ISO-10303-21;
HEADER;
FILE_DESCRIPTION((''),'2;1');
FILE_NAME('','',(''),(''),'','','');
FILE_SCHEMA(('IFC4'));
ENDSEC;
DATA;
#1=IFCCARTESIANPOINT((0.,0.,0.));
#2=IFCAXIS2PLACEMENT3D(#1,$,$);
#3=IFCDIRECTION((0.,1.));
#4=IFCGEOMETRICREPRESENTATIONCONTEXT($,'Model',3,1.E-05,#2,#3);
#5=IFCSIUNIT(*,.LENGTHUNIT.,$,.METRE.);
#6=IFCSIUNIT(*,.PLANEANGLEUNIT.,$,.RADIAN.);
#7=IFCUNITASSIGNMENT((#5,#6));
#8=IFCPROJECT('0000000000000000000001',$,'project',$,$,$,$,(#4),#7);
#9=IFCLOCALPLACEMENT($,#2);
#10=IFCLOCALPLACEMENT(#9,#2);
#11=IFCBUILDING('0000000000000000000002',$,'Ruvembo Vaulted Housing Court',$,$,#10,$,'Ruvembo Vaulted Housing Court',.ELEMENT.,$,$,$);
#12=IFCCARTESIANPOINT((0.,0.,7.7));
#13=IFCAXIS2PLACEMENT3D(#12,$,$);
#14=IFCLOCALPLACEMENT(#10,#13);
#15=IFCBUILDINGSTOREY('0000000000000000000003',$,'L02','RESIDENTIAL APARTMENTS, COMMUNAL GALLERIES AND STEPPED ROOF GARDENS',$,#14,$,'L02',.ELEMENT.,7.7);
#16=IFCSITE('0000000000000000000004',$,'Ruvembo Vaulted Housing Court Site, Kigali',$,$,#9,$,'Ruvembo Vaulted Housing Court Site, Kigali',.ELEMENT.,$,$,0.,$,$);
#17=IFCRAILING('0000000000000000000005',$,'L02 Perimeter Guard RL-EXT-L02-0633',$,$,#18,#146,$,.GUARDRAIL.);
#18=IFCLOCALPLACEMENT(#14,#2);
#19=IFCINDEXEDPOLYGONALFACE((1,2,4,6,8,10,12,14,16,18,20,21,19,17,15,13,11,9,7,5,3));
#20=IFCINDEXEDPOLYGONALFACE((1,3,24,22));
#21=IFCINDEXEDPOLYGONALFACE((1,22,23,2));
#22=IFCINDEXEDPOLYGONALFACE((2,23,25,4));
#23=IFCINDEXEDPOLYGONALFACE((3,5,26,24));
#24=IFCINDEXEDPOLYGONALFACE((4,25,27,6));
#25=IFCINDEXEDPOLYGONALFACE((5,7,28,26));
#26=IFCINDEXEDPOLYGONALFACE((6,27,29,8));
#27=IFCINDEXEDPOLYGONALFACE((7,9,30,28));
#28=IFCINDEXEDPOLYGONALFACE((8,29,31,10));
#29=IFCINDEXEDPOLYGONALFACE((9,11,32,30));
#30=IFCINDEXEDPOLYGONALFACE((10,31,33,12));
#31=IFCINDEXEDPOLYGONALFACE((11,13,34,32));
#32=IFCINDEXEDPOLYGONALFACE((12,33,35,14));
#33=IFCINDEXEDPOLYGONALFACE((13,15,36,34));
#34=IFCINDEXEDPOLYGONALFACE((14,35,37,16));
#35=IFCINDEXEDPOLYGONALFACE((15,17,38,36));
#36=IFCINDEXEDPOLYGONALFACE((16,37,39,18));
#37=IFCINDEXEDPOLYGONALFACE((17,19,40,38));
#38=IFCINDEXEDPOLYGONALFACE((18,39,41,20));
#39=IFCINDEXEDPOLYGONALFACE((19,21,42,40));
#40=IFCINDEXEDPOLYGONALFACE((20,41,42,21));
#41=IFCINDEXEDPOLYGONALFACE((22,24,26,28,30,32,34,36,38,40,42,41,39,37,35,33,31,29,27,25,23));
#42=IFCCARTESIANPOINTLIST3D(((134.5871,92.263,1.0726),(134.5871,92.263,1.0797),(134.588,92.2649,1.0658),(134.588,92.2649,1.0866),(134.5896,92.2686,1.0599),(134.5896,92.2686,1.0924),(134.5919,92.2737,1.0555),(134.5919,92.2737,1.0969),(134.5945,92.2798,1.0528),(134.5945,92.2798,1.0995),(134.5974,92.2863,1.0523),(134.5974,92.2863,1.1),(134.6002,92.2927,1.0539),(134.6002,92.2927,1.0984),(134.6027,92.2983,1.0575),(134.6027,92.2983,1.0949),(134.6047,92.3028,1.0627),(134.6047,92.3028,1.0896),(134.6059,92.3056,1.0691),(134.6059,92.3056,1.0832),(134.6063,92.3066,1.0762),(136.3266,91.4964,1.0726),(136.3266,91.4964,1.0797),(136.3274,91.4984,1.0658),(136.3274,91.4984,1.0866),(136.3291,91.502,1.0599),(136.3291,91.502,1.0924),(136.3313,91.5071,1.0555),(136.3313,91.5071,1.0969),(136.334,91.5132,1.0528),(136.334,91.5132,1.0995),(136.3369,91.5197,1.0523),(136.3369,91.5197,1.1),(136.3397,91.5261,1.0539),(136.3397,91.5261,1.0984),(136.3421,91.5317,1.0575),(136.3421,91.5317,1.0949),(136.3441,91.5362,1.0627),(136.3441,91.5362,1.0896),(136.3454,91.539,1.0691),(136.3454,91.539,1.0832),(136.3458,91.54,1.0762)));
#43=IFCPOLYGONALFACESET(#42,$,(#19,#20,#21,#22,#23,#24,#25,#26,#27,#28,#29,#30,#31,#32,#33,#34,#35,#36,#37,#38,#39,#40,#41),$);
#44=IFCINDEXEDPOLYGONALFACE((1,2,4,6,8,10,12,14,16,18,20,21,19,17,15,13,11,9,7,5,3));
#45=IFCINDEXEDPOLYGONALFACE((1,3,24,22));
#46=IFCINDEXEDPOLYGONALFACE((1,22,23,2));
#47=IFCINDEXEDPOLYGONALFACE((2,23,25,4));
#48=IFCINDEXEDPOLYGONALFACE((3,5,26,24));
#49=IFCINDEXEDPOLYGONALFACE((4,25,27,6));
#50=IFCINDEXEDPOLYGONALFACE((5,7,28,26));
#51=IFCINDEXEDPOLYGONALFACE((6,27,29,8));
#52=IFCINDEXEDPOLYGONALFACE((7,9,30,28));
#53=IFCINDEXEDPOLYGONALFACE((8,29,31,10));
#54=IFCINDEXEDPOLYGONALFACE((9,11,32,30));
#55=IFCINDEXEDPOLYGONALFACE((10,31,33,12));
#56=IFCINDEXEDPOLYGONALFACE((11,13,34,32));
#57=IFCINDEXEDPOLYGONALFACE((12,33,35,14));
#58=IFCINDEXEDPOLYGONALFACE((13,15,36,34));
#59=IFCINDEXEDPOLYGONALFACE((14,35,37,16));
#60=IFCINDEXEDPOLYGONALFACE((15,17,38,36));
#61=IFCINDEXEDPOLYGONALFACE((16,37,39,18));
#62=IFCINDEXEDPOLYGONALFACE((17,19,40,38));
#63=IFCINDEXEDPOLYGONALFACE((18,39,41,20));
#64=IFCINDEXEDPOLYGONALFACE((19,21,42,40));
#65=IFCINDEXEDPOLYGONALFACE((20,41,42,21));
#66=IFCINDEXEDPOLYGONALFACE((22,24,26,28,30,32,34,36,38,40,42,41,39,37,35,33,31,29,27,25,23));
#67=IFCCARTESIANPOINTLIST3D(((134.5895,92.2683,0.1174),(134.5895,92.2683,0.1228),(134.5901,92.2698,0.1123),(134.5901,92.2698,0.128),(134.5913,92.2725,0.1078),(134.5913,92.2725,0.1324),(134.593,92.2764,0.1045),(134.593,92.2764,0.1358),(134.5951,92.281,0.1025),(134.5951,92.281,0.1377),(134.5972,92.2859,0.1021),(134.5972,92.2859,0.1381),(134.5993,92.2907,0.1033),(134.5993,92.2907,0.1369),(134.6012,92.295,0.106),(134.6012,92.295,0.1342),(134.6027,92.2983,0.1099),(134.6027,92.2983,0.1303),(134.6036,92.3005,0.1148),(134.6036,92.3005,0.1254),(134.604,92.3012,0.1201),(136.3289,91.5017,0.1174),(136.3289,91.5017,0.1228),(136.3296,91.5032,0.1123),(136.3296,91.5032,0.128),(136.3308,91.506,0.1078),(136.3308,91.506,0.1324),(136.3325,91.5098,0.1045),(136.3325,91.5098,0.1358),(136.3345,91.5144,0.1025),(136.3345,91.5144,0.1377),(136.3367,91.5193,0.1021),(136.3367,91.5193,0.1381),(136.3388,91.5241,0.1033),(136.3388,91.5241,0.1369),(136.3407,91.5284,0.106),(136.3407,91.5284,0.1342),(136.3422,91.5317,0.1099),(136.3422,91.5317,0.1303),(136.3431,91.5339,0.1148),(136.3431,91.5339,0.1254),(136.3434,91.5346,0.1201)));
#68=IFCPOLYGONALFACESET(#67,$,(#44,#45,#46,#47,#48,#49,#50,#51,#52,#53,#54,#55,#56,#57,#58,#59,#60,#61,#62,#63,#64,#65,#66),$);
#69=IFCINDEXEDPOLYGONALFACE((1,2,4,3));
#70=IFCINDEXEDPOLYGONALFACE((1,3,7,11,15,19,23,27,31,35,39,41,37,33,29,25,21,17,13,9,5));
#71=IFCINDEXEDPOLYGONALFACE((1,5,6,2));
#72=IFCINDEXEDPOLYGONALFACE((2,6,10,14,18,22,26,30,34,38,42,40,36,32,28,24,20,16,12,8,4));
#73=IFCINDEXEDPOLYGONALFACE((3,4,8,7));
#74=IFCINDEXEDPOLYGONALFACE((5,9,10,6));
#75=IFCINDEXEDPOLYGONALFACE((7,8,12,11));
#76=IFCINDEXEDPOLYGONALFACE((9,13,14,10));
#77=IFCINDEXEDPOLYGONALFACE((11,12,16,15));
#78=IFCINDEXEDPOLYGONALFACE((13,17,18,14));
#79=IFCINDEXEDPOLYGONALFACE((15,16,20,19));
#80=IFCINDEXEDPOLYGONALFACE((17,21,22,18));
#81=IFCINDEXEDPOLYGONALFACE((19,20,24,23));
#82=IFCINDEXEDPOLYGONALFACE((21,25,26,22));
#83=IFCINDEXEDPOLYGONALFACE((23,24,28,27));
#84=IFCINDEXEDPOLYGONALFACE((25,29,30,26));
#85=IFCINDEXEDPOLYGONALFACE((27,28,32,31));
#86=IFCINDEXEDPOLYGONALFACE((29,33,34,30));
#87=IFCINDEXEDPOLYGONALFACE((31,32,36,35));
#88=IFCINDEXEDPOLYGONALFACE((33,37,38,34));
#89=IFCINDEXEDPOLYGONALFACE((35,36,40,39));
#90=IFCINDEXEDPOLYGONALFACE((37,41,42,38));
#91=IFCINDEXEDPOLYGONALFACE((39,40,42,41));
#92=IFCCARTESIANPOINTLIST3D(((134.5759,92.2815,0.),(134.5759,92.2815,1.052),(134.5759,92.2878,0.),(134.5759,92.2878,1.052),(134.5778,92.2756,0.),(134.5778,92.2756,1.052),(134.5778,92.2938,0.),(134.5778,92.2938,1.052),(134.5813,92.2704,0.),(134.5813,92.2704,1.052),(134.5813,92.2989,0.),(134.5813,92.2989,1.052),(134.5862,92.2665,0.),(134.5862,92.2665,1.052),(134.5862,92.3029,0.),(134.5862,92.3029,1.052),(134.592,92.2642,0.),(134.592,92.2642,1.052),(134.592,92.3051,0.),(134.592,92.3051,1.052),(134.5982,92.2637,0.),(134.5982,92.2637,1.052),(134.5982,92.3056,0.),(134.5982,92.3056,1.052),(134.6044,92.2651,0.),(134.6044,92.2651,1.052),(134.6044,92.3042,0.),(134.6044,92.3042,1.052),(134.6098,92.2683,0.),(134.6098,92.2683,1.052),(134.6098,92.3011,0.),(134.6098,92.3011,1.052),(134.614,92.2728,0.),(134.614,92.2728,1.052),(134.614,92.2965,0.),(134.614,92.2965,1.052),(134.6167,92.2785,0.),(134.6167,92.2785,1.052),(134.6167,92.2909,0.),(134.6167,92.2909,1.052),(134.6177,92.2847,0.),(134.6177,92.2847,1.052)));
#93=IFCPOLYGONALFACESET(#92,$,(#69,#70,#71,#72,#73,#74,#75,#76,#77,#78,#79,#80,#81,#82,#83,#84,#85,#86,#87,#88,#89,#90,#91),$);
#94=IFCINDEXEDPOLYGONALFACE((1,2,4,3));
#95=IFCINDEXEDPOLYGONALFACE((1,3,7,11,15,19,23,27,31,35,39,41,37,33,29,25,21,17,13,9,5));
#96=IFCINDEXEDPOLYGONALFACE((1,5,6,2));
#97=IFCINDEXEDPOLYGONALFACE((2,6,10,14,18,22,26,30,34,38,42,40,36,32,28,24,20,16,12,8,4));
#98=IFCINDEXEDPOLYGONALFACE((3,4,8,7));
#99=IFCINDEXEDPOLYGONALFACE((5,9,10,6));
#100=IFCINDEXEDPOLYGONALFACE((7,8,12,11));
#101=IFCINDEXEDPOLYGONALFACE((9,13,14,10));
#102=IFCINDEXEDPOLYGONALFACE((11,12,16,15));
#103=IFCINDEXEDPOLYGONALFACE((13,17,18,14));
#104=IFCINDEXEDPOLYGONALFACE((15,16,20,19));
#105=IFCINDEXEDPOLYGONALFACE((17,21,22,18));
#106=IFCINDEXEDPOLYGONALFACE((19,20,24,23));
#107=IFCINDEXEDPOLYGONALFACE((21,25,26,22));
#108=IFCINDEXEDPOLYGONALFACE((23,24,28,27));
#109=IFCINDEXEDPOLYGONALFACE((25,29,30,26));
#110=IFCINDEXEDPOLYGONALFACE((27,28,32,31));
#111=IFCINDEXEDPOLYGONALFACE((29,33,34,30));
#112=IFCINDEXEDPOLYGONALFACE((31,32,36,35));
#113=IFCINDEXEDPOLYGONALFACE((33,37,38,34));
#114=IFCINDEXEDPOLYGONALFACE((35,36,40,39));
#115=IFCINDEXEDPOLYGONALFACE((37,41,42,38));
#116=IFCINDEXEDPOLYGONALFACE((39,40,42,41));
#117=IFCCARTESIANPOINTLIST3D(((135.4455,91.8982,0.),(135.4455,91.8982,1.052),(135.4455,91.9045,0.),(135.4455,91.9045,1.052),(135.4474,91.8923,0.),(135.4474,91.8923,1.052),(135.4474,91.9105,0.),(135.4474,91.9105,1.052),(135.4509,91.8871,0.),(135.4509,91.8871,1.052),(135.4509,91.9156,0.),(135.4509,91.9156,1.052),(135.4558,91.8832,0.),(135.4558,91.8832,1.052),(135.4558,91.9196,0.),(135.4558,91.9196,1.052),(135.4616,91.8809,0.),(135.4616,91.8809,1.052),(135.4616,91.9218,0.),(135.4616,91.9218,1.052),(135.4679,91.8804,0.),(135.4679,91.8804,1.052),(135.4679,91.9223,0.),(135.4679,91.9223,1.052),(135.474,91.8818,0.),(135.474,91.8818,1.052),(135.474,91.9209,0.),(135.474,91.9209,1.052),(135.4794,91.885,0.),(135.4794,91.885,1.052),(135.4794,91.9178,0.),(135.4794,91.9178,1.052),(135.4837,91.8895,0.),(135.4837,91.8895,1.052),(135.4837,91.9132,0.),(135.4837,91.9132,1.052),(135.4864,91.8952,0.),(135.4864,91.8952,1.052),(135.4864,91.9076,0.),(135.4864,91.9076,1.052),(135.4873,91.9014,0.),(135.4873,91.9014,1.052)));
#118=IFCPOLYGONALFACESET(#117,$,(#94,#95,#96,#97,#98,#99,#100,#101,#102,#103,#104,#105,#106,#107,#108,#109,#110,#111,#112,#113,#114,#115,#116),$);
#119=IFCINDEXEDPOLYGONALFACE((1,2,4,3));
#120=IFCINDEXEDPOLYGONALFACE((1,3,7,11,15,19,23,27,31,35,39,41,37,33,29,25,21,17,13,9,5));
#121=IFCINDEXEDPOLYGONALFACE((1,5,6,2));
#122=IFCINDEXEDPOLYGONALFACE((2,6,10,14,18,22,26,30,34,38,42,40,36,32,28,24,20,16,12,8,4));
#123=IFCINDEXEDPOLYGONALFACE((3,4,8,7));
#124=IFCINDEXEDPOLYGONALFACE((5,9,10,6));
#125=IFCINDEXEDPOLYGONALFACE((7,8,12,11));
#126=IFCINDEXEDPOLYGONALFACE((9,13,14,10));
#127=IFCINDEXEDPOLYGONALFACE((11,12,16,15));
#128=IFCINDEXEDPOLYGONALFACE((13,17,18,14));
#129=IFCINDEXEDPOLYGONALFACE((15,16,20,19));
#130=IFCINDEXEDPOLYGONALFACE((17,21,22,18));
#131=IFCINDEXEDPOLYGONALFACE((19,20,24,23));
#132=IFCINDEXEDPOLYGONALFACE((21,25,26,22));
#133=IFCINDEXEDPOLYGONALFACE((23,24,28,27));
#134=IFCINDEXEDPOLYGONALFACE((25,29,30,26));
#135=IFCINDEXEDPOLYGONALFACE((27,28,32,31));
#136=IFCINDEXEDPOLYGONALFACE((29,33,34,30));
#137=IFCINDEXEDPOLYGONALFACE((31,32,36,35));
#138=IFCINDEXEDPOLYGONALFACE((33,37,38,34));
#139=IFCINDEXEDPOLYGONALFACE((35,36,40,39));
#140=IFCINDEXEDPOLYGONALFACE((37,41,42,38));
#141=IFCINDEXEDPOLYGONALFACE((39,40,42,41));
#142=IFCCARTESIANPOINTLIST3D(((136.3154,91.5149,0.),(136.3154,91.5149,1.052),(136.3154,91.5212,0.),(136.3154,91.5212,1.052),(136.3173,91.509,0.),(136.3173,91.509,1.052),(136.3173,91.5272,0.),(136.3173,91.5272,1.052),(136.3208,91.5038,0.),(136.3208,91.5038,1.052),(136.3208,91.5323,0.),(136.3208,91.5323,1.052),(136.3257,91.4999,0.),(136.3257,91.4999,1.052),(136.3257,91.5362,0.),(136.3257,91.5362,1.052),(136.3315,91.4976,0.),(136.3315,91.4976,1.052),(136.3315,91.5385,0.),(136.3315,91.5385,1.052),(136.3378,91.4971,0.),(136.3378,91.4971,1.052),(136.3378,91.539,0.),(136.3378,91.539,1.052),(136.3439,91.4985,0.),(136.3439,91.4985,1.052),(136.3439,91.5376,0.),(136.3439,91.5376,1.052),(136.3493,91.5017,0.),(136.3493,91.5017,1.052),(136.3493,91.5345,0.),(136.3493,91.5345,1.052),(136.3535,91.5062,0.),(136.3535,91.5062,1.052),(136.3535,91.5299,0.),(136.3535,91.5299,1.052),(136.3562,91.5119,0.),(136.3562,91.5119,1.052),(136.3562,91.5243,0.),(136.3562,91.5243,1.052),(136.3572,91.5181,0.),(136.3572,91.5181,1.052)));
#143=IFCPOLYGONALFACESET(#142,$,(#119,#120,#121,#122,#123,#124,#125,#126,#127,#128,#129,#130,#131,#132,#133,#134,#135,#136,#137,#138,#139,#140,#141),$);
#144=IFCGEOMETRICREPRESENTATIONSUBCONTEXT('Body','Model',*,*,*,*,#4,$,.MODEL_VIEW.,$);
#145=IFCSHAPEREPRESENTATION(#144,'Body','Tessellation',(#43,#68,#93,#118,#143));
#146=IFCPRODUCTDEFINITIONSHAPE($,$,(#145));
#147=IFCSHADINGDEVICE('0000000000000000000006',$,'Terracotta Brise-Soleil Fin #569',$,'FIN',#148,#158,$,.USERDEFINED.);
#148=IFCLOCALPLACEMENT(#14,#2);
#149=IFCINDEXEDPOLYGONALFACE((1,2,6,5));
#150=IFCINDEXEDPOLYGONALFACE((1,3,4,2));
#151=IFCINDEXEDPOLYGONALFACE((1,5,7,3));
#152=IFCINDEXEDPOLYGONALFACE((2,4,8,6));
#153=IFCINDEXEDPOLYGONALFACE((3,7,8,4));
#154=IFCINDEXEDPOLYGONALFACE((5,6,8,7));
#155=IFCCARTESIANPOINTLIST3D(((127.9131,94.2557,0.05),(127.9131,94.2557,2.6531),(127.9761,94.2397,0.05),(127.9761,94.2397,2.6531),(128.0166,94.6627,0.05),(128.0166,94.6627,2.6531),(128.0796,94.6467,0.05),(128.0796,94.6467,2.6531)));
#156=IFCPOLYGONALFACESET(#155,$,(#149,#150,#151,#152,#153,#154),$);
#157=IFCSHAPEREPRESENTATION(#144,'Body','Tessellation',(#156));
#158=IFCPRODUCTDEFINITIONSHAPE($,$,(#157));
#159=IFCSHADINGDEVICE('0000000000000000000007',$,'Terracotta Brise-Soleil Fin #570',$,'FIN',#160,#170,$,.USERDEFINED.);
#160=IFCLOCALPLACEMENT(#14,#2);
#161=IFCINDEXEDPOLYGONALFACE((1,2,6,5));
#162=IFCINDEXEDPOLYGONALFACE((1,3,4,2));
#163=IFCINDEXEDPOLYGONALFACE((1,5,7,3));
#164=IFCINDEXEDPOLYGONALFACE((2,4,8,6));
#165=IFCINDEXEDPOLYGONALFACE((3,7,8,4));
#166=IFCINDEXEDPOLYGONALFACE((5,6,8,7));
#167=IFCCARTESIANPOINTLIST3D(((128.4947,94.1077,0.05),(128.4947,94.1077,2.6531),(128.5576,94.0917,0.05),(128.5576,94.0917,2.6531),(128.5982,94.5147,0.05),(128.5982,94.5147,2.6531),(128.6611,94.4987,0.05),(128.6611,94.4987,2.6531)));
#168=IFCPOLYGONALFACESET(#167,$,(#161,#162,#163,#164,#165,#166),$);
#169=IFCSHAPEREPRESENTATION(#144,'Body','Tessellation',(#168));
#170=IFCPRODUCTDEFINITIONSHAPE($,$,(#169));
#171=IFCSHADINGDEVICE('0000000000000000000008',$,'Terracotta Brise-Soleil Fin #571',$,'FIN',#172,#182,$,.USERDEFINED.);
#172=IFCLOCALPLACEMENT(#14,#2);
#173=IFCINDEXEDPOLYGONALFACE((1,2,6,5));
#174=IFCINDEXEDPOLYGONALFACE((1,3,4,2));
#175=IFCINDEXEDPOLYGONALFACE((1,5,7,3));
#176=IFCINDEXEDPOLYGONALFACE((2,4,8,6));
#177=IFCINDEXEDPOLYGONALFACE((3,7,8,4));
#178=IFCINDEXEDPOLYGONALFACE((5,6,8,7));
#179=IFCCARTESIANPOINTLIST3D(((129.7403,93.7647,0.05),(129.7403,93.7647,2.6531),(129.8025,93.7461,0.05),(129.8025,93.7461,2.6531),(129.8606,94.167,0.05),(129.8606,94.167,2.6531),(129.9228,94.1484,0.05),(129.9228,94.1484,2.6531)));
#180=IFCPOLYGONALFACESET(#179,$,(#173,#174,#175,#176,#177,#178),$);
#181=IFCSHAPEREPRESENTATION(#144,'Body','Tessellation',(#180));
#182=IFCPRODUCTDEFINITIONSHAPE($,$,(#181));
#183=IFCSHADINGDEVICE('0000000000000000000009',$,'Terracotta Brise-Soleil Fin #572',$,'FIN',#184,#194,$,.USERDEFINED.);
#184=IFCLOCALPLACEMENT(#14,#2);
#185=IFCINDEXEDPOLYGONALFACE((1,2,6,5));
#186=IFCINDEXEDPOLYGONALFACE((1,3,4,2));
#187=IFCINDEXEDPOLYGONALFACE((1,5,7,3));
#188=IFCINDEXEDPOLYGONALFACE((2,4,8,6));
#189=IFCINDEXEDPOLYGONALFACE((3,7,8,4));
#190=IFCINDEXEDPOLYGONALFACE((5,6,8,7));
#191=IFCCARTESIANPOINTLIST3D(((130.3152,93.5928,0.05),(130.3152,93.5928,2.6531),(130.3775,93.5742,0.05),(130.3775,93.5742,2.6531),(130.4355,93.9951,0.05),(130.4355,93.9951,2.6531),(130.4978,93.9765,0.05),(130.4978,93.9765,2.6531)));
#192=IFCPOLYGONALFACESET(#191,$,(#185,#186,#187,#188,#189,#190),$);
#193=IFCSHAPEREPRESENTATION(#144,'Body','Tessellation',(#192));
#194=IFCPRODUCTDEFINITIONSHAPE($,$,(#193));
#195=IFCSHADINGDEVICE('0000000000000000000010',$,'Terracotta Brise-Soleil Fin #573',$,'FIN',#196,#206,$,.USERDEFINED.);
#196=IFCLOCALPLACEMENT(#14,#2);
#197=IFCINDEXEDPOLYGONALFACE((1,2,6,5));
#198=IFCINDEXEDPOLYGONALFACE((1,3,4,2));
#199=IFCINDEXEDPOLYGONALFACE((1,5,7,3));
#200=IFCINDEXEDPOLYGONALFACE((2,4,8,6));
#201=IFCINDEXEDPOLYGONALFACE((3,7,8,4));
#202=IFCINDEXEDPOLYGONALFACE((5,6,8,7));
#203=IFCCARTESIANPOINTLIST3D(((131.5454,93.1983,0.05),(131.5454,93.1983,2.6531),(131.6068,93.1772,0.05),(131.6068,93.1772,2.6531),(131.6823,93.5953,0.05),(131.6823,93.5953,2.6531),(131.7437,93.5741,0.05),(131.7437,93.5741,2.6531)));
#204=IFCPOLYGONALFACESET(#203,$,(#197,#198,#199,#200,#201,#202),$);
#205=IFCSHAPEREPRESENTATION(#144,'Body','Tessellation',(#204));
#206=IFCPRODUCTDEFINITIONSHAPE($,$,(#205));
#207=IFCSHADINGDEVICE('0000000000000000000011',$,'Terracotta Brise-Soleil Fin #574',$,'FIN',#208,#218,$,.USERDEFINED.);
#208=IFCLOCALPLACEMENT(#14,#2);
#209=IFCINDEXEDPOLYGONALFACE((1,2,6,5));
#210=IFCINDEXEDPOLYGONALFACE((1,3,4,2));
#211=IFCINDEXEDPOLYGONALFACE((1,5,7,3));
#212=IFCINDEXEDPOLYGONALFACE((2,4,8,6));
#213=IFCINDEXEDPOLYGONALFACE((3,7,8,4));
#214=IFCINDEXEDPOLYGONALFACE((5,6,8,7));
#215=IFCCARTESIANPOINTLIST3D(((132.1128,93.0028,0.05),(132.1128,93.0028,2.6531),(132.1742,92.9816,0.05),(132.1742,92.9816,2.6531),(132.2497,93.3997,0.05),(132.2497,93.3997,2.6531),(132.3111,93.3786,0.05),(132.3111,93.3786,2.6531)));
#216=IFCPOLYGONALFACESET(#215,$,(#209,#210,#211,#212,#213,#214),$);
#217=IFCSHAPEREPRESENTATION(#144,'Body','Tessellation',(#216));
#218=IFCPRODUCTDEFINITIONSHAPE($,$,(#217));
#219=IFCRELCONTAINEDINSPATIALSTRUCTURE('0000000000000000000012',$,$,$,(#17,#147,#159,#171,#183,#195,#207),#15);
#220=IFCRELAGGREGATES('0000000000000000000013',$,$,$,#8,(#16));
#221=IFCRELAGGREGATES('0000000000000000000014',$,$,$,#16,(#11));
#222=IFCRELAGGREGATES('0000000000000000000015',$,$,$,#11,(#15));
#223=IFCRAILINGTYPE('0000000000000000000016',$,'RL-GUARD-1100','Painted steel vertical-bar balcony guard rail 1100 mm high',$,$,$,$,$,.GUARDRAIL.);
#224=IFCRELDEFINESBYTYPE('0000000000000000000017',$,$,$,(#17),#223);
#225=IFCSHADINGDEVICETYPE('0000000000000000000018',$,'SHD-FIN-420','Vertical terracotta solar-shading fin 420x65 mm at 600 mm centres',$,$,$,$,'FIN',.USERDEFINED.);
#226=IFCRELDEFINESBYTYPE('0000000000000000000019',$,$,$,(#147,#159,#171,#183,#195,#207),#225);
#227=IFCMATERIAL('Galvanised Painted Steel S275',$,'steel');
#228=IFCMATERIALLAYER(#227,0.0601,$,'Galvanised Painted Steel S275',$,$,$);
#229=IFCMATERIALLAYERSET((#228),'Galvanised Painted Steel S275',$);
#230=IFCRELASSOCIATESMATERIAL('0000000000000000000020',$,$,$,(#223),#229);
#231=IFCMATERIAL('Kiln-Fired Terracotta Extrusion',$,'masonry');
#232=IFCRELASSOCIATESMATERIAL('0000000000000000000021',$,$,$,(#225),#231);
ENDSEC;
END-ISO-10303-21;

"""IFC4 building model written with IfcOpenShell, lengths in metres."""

from ifc_helpers import new_model, si_unit, direction, frame, origin, origin_2d, place, context, subcontext, project, spatial, rectangle, circle, extrude, material, layer, layer_set, type_object, element, save


model = new_model("IFC4")

# Units and contexts
model_context = context("Model", 3, precision=1e-05, world=origin(), true_north=direction((0.0, 1.0)))
body_context = subcontext(model_context, "Body", "Model", "MODEL_VIEW")
ifc_project = project(units=[si_unit("LENGTHUNIT", "METRE"), si_unit("PLANEANGLEUNIT", "RADIAN")], contexts=[model_context])

# Site, building, storey
site_placement = place(None, origin())
site = spatial("IfcSite", under=ifc_project, at=site_placement, Name="Ruvembo Vaulted Housing Court Site, Kigali", LongName="Ruvembo Vaulted Housing Court Site, Kigali", CompositionType="ELEMENT", RefElevation=0.0)
building_placement = place(site_placement, origin())
building = spatial("IfcBuilding", under=site, at=building_placement, Name="Ruvembo Vaulted Housing Court", LongName="Ruvembo Vaulted Housing Court", CompositionType="ELEMENT")
storey_placement = place(building_placement, frame((0.0, 0.0, 7.7)))
storey = spatial("IfcBuildingStorey", under=building, at=storey_placement, Name="L02", Description="RESIDENTIAL APARTMENTS, COMMUNAL GALLERIES AND STEPPED ROOF GARDENS", LongName="L02", CompositionType="ELEMENT", Elevation=7.7)

# Railing
ifc_material_1 = material(Name="Galvanised Painted Steel S275", Category="steel")
ifc_layer = layer(ifc_material_1, 0.0601, Name="Galvanised Painted Steel S275")
ifc_layer_set = layer_set([ifc_layer], Name="Galvanised Painted Steel S275")
railing_type = type_object("IfcRailingType", Name="RL-GUARD-1100", Description="Painted steel vertical-bar balcony guard rail 1100 mm high", PredefinedType="GUARDRAIL", material=ifc_layer_set)
railing_1_placement = place(storey_placement, frame((134.5967, 92.2847, 0.0)))
element("IfcRailing", 1, at=railing_1_placement, inside=storey, type_object=railing_type, Name="L02 Perimeter Guard RL-EXT-L02-0633", PredefinedType="GUARDRAIL", context=body_context, shape_type="SweptSolid", body=[
    extrude(circle(Radius=0.0239, at=origin_2d()), frame((0.0, 0.0, 1.0762), z_axis=(0.915078, -0.403277, 0.0), x_axis=(0.403277, 0.915078, 0.0)), (0.0, 0.0, 1.0), 1.9009),
    extrude(circle(Radius=0.0181, at=origin_2d()), frame((0.0, 0.0, 0.1201), z_axis=(0.915078, -0.403277, 0.0), x_axis=(0.403277, 0.915078, 0.0)), (0.0, 0.0, 1.0), 1.9009),
    extrude(circle(Radius=0.021, at=origin_2d()), origin(), (0.0, 0.0, 1.0), 1.052),
    extrude(circle(Radius=0.021, at=origin_2d()), frame((0.8696, -0.3833, 0.0)), (0.0, 0.0, 1.0), 1.052),
    extrude(circle(Radius=0.021, at=origin_2d()), frame((1.7395, -0.7666, 0.0)), (0.0, 0.0, 1.0), 1.052),
])

# Shading devices
ifc_material_2 = material(Name="Kiln-Fired Terracotta Extrusion", Category="masonry")
shading_device_type = type_object("IfcShadingDeviceType", Name="SHD-FIN-420", Description="Vertical terracotta solar-shading fin 420x65 mm at 600 mm centres", ElementType="FIN", PredefinedType="USERDEFINED", material=ifc_material_2)
for number, where, z_axis, x_axis, name in (
    (2, (127.9963, 94.4512, 0.05), (0.0, 0.0, 1.0), (-0.246492, -0.969145, 0.0), "Terracotta Brise-Soleil Fin #569"),
    (3, (128.5779, 94.3032, 0.05), (0.0, 0.0, 1.0), (-0.246492, -0.969145, 0.0), "Terracotta Brise-Soleil Fin #570"),
    (4, (129.8315, 93.9565, 0.05), (0.0, 0.0, 1.0), (-0.286491, -0.958083, 0.0), "Terracotta Brise-Soleil Fin #571"),
    (5, (130.4065, 93.7847, 0.05), (0.0, 0.0, 1.0), (-0.286491, -0.958083, 0.0), "Terracotta Brise-Soleil Fin #572"),
    (6, (131.6445, 93.3862, 0.05), (0.0, 0.0, 1.0), (-0.32603, -0.945359, 0.0), "Terracotta Brise-Soleil Fin #573"),
    (7, (132.2119, 93.1907, 0.05), (0.0, 0.0, 1.0), (-0.32603, -0.945359, 0.0), "Terracotta Brise-Soleil Fin #574"),
):
    element("IfcShadingDevice", number, at=place(storey_placement, frame(where, z_axis=z_axis, x_axis=x_axis)), inside=storey, type_object=shading_device_type, Name=name, ObjectType="FIN", PredefinedType="USERDEFINED", context=body_context, shape_type="SweptSolid", body=[
        extrude(rectangle(XDim=0.4199, YDim=0.0649, at=origin_2d()), origin(), (0.0, 0.0, 1.0), 2.603),
    ])

save(model, "model.ifc")
